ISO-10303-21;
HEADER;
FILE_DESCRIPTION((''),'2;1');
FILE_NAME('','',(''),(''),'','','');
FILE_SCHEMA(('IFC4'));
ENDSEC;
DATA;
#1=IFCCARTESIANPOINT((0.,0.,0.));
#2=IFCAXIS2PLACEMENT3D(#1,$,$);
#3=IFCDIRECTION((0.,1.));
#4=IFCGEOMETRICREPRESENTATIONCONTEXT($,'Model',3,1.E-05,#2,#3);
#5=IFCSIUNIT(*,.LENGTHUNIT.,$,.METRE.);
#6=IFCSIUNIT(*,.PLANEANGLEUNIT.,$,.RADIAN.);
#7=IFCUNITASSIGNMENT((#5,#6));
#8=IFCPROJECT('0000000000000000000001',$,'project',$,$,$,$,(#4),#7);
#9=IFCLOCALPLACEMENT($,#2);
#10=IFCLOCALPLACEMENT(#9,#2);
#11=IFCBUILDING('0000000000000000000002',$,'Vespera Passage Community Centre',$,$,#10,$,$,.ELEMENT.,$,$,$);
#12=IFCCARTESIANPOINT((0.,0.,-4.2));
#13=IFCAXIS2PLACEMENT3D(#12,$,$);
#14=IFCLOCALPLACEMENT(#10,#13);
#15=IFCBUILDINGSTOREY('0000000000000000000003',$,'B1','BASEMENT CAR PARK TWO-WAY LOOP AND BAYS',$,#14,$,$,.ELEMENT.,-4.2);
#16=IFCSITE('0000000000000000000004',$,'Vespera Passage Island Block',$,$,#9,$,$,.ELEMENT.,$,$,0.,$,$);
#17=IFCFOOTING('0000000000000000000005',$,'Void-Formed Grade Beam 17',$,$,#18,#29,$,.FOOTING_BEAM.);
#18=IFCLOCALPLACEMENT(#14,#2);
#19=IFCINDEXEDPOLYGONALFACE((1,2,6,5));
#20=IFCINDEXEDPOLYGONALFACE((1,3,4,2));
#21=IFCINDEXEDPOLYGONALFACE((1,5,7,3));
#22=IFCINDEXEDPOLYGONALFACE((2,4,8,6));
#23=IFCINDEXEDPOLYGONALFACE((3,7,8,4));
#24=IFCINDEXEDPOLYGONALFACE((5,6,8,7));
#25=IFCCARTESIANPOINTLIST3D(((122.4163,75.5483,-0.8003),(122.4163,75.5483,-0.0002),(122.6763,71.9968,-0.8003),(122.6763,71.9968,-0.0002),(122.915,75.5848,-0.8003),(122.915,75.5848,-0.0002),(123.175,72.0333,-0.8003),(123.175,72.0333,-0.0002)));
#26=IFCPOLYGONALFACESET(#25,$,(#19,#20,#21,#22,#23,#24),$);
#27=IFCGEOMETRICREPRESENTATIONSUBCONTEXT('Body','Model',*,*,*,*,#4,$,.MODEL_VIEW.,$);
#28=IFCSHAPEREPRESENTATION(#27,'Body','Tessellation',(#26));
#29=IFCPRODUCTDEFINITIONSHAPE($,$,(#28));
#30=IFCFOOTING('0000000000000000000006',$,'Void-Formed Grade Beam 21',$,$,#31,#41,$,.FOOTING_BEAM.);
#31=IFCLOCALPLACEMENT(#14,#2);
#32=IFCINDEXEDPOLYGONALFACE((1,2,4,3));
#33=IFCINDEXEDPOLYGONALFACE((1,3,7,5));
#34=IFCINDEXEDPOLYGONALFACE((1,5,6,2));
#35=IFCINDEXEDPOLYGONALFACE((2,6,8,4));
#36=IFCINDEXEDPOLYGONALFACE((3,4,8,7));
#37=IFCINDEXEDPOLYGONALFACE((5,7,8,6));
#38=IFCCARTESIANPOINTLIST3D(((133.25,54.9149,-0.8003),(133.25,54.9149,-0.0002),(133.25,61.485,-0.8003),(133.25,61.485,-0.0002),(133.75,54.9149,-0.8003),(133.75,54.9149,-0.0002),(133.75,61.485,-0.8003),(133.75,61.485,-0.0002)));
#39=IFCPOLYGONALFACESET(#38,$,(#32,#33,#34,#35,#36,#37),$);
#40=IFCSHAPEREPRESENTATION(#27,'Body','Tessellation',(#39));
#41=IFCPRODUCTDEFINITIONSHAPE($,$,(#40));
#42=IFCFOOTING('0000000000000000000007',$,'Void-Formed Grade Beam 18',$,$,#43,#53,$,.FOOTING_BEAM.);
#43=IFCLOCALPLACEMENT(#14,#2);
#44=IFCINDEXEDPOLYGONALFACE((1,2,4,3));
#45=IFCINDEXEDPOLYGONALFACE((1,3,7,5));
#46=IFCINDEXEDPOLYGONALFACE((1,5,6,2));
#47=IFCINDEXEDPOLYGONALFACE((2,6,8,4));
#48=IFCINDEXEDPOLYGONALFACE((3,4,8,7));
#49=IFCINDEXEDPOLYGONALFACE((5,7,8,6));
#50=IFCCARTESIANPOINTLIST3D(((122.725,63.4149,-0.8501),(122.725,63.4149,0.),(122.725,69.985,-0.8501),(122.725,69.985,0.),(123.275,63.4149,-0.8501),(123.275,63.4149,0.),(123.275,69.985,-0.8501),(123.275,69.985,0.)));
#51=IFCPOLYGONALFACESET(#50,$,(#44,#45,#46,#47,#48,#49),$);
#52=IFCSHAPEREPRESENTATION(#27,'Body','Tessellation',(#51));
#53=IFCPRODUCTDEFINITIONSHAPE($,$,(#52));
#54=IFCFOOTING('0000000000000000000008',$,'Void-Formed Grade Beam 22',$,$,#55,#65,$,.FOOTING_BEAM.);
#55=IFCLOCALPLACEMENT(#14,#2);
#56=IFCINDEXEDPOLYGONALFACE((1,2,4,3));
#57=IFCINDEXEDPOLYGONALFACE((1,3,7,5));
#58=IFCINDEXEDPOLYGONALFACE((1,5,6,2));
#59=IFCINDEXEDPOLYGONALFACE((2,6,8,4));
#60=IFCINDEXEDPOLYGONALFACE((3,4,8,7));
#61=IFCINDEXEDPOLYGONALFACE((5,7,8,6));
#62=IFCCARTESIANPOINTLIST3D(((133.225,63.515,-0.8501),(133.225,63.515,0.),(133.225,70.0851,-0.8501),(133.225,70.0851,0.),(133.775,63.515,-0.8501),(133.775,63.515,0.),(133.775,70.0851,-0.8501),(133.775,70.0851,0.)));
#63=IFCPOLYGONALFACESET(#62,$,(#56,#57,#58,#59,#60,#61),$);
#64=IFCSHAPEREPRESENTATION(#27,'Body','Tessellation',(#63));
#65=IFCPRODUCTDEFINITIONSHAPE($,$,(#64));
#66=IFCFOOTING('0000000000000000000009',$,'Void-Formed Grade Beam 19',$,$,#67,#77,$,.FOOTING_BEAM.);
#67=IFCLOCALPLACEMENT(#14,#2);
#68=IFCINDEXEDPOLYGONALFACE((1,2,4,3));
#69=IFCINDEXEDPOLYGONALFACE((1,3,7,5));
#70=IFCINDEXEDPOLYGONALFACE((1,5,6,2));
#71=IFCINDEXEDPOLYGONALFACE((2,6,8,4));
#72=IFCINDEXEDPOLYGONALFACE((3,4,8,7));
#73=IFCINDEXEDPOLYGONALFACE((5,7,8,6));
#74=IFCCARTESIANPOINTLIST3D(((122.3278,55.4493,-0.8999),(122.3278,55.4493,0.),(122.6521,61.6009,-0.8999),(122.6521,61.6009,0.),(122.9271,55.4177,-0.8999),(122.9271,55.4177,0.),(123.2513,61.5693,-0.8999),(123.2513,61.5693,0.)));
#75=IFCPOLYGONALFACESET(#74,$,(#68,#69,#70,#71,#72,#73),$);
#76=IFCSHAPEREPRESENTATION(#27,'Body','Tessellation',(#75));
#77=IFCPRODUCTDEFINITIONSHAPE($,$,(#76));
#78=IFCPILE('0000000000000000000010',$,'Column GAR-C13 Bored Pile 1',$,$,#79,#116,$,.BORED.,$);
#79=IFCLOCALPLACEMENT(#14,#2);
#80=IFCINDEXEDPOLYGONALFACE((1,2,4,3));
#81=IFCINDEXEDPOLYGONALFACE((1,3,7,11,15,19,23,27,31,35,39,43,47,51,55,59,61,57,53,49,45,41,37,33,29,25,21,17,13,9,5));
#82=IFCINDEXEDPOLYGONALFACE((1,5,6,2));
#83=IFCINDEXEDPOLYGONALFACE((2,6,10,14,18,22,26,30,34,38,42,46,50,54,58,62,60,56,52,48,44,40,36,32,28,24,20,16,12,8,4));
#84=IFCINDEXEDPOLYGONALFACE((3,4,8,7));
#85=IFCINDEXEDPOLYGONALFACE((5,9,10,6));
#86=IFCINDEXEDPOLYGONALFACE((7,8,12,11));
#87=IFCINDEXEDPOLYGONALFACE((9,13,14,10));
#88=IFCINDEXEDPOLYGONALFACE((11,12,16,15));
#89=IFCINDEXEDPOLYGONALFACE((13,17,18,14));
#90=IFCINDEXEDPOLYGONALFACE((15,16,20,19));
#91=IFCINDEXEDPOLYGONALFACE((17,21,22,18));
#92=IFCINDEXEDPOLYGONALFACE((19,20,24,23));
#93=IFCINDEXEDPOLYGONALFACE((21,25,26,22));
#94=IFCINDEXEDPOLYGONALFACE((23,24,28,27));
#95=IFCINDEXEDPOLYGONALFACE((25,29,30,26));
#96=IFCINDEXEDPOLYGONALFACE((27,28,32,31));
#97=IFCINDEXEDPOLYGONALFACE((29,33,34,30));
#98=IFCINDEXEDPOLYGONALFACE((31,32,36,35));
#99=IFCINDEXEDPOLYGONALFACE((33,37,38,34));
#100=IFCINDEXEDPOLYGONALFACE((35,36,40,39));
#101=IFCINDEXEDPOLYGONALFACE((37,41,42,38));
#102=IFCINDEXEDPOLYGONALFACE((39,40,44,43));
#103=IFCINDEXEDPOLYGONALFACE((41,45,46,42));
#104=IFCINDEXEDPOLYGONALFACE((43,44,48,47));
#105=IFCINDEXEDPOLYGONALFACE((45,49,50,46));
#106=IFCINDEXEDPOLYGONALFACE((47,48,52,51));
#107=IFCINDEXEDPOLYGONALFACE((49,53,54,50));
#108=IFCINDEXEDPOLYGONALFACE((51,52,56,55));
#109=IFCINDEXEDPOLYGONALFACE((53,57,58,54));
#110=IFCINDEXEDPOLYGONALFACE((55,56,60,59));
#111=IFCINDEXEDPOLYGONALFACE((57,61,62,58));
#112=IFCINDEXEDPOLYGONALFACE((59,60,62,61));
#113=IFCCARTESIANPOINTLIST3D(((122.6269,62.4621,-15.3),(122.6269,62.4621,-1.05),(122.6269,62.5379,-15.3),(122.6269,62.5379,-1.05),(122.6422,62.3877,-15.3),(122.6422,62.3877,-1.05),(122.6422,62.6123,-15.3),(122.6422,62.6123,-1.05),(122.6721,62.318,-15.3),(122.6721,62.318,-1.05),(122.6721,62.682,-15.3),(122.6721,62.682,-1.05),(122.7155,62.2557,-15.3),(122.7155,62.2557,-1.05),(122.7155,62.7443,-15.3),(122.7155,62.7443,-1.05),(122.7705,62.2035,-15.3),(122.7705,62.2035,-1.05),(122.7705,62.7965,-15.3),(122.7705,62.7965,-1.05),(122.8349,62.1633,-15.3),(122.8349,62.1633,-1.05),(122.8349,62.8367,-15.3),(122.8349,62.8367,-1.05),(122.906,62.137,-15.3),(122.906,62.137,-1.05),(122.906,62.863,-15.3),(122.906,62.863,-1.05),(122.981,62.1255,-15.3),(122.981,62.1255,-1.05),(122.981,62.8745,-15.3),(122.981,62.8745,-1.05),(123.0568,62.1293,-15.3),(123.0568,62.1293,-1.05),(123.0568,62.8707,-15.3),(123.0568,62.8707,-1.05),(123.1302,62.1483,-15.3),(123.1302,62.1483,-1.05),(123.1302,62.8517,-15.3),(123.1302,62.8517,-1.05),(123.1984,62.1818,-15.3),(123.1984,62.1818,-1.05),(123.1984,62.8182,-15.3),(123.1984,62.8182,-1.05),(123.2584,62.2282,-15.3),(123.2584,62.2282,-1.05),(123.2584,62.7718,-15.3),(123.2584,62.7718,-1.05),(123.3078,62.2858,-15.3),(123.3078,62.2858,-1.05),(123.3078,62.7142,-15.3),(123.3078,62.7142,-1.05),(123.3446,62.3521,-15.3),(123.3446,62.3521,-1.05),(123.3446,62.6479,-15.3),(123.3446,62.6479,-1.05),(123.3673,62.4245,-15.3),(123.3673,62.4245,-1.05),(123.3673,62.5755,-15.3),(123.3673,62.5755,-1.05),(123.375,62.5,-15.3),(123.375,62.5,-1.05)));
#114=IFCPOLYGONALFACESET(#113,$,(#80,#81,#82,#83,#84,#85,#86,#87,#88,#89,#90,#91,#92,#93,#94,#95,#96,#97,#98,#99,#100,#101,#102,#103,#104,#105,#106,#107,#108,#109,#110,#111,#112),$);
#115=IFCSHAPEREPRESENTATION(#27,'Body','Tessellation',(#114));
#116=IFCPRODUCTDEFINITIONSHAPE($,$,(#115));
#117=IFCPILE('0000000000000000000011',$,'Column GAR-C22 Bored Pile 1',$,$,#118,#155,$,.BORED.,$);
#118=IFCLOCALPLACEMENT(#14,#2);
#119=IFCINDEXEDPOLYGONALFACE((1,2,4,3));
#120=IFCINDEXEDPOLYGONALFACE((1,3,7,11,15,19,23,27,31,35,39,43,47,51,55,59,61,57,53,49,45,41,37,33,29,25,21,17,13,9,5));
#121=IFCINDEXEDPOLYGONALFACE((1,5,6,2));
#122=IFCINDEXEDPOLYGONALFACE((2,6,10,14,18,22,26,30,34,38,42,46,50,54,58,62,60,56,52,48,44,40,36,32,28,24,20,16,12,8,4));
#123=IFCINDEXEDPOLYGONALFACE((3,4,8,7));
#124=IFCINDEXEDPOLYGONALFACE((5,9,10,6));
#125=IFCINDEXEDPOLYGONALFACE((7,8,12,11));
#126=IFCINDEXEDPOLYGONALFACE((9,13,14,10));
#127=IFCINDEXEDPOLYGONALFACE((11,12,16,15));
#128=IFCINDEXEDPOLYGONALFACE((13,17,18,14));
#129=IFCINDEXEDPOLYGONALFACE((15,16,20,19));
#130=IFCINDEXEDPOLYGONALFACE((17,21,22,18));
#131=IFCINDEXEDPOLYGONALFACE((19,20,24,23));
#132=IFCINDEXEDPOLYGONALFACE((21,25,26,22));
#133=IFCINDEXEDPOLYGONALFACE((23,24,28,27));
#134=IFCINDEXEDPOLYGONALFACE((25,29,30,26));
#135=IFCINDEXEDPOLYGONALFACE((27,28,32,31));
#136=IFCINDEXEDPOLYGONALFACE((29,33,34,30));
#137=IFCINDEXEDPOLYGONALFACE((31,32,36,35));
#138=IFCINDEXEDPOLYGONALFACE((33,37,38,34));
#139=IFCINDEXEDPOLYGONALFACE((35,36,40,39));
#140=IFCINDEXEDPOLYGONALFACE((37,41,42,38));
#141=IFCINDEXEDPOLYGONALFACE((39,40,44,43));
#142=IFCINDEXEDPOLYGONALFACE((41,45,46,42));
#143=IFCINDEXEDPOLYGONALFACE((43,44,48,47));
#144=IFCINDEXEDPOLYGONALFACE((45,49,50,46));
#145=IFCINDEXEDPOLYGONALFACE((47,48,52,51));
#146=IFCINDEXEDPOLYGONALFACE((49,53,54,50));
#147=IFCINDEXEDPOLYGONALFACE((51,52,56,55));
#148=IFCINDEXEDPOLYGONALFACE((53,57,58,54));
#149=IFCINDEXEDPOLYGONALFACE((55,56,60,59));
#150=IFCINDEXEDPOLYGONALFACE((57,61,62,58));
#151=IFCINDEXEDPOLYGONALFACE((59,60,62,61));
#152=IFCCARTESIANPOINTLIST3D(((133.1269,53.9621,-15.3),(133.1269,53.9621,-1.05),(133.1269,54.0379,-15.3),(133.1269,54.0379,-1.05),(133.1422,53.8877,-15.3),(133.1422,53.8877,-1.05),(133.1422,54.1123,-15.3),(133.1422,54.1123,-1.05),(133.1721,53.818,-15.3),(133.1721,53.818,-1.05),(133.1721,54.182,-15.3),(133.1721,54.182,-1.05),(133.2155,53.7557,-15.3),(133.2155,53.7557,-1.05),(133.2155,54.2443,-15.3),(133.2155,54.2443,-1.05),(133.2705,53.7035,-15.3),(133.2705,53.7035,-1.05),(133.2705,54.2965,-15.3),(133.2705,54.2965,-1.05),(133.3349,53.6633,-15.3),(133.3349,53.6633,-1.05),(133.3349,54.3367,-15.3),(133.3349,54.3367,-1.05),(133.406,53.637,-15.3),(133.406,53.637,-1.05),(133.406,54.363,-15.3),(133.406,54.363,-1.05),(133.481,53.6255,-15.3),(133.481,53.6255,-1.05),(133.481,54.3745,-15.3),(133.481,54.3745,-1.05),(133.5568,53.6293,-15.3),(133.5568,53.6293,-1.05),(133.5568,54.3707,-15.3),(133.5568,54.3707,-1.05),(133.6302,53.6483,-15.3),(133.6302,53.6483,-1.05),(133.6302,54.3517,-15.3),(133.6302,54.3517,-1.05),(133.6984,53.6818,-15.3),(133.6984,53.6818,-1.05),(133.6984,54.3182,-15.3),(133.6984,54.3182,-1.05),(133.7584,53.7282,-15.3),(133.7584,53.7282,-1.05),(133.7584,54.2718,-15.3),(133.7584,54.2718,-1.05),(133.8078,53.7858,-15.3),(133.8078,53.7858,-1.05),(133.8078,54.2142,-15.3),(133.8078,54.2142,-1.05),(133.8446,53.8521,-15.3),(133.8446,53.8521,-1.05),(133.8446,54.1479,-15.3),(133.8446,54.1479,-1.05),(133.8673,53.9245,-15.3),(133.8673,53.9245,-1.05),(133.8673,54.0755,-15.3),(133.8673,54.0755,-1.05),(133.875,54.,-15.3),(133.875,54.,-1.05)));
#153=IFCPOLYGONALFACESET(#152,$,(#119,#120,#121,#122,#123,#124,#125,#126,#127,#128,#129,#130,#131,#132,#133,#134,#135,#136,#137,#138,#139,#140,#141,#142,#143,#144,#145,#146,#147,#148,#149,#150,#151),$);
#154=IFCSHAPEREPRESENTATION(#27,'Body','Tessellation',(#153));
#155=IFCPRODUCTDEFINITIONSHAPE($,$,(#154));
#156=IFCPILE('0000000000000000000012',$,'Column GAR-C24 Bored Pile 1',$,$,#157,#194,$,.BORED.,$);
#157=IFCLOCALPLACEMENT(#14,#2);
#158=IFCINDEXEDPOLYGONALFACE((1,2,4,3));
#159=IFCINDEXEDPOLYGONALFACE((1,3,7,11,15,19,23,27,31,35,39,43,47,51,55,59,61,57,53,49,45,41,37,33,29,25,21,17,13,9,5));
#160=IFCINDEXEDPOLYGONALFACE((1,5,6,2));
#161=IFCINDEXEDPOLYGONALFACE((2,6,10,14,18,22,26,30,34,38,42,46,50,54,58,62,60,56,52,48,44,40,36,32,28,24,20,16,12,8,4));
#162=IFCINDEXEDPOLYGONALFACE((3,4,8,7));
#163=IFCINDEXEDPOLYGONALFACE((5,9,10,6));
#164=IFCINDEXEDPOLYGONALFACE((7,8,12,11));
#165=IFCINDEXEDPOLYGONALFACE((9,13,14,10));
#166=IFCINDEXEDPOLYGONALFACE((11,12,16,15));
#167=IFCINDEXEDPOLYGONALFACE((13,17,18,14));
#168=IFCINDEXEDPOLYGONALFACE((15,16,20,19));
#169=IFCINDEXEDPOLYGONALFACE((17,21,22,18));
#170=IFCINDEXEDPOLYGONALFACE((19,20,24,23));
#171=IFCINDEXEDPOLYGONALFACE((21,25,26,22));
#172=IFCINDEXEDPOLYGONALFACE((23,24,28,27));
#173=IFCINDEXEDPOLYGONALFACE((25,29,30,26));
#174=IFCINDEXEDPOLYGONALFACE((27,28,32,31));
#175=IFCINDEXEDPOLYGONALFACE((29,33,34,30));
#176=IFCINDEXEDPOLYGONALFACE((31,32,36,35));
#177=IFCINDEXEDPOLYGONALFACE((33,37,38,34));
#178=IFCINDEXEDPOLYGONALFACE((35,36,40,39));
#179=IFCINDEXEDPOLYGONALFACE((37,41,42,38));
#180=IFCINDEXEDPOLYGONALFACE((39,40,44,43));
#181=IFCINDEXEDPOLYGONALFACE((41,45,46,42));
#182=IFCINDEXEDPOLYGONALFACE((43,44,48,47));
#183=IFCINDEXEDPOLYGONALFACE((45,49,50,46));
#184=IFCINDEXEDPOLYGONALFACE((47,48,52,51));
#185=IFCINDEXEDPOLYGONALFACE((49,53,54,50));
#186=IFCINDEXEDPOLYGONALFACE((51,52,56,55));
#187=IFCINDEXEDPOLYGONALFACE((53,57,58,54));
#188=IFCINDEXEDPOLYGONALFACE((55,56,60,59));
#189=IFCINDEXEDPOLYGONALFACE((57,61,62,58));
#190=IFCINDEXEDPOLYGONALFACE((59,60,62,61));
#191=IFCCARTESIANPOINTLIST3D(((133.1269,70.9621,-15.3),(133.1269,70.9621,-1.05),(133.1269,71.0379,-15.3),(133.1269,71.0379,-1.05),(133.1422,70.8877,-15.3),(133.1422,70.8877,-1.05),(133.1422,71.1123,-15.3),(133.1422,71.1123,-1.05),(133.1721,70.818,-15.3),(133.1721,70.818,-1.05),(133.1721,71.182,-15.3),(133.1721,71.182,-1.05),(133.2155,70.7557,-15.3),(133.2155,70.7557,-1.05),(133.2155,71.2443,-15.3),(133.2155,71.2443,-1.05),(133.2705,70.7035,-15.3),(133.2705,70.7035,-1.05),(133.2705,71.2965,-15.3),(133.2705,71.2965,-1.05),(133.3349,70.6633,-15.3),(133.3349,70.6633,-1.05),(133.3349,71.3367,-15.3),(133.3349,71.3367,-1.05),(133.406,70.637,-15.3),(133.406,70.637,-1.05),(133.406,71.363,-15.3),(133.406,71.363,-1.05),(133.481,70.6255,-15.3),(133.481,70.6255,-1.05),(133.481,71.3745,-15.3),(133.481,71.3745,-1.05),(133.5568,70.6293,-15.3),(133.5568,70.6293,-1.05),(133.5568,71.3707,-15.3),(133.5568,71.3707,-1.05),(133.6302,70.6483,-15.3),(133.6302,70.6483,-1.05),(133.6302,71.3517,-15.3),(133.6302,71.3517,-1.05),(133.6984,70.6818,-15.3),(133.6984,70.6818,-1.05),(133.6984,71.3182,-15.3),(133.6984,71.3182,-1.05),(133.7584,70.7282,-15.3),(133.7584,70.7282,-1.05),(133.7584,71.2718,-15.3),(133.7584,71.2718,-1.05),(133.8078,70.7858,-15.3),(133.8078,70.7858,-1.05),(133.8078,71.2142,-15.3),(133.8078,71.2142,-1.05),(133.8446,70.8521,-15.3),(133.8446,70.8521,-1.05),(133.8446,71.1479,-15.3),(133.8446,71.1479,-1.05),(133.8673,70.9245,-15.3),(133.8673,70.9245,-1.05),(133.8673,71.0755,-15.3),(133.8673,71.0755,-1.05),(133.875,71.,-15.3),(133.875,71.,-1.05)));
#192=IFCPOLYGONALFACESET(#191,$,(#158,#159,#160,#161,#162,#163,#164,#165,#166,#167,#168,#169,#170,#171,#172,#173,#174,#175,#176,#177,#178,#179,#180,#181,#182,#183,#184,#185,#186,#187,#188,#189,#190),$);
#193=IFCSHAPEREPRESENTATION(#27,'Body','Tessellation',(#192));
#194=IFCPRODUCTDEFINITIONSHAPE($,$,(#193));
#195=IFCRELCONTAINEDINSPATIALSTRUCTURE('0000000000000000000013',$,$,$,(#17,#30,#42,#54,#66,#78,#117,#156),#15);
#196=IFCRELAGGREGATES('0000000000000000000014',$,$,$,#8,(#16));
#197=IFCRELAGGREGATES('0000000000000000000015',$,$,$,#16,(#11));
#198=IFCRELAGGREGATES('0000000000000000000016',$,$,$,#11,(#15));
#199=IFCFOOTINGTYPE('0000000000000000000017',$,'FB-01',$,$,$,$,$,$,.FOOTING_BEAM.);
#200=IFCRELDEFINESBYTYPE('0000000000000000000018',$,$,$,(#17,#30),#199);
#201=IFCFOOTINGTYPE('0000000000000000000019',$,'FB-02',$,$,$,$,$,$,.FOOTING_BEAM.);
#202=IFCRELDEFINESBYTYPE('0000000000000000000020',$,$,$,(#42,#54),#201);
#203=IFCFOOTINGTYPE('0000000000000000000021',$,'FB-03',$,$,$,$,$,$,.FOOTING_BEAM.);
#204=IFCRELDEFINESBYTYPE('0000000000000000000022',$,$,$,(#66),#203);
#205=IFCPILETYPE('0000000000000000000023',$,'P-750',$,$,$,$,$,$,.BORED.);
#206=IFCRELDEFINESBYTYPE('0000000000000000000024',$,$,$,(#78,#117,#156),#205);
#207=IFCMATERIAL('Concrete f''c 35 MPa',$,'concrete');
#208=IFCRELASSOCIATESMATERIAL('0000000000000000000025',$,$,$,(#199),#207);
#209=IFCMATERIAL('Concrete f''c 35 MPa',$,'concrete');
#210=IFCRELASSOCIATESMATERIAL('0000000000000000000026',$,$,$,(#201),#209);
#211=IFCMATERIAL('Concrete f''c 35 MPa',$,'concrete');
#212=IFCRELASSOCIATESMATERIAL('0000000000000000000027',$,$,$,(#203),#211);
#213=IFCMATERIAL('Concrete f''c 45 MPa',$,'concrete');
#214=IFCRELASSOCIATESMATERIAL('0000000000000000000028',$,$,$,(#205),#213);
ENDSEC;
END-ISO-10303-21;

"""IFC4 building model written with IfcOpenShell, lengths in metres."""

from ifc_helpers import new_model, si_unit, direction, frame, origin, origin_2d, place, context, subcontext, project, spatial, rectangle, circle, extrude, material, material_profile, profile_set, type_object, element, save


model = new_model("IFC4")

# Units and contexts
model_context = context("Model", 3, precision=1e-05, world=origin(), true_north=direction((0.0, 1.0)))
body_context = subcontext(model_context, "Body", "Model", "MODEL_VIEW")
ifc_project = project(units=[si_unit("LENGTHUNIT", "METRE"), si_unit("PLANEANGLEUNIT", "RADIAN")], contexts=[model_context])

# Site, building, storey
site_placement = place(None, origin())
site = spatial("IfcSite", under=ifc_project, at=site_placement, Name="Vespera Passage Island Block", CompositionType="ELEMENT", RefElevation=0.0)
building_placement = place(site_placement, origin())
building = spatial("IfcBuilding", under=site, at=building_placement, Name="Vespera Passage Community Centre", CompositionType="ELEMENT")
storey_placement = place(building_placement, frame((0.0, 0.0, -4.2)))
storey = spatial("IfcBuildingStorey", under=building, at=storey_placement, Name="B1", Description="BASEMENT CAR PARK TWO-WAY LOOP AND BAYS", CompositionType="ELEMENT", Elevation=-4.2)

# Footings
ifc_material_1 = material(Name="Concrete f'c 35 MPa", Category="concrete")
footing_type_1 = type_object("IfcFootingType", Name="FB-01", PredefinedType="FOOTING_BEAM", material=ifc_material_1)
footing_1_placement = place(storey_placement, frame((122.7957, 73.7908, -0.8003), z_axis=(0.0, 0.0, 1.0), x_axis=(0.073005, -0.997332, 0.0)))
element("IfcFooting", 1, at=footing_1_placement, inside=storey, type_object=footing_type_1, Name="Void-Formed Grade Beam 17", PredefinedType="FOOTING_BEAM", context=body_context, shape_type="SweptSolid", body=[
    extrude(rectangle(XDim=3.561, YDim=0.5, at=origin_2d()), origin(), (0.0, 0.0, 1.0), 0.8),
])
footing_2_placement = place(storey_placement, frame((133.5, 58.2, -0.8003), z_axis=(0.0, 0.0, 1.0), x_axis=(0.0, 1.0, 0.0)))
element("IfcFooting", 2, at=footing_2_placement, inside=storey, type_object=footing_type_1, Name="Void-Formed Grade Beam 21", PredefinedType="FOOTING_BEAM", context=body_context, shape_type="SweptSolid", body=[
    extrude(rectangle(XDim=6.5701, YDim=0.5, at=origin_2d()), origin(), (0.0, 0.0, 1.0), 0.8),
])
ifc_material_2 = material(Name="Concrete f'c 35 MPa", Category="concrete")
footing_type_2 = type_object("IfcFootingType", Name="FB-02", PredefinedType="FOOTING_BEAM", material=ifc_material_2)
for number, where, z_axis, x_axis, name in (
    (3, (123.0, 66.7, -0.8501), (0.0, 0.0, 1.0), (0.0, 1.0, 0.0), "Void-Formed Grade Beam 18"),
    (4, (133.5, 66.8, -0.8501), (0.0, 0.0, 1.0), (0.0, 1.0, 0.0), "Void-Formed Grade Beam 22"),
):
    element("IfcFooting", number, at=place(storey_placement, frame(where, z_axis=z_axis, x_axis=x_axis)), inside=storey, type_object=footing_type_2, Name=name, PredefinedType="FOOTING_BEAM", context=body_context, shape_type="SweptSolid", body=[
        extrude(rectangle(XDim=6.5701, YDim=0.55, at=origin_2d()), origin(), (0.0, 0.0, 1.0), 0.8501),
    ])
ifc_material_3 = material(Name="Concrete f'c 35 MPa", Category="concrete")
footing_type_3 = type_object("IfcFootingType", Name="FB-03", PredefinedType="FOOTING_BEAM", material=ifc_material_3)
footing_3_placement = place(storey_placement, frame((122.7896, 58.5093, -0.8999), z_axis=(0.0, 0.0, 1.0), x_axis=(-0.052639, -0.998614, 0.0)))
element("IfcFooting", 5, at=footing_3_placement, inside=storey, type_object=footing_type_3, Name="Void-Formed Grade Beam 19", PredefinedType="FOOTING_BEAM", context=body_context, shape_type="SweptSolid", body=[
    extrude(rectangle(XDim=6.1602, YDim=0.6001, at=origin_2d()), origin(), (0.0, 0.0, 1.0), 0.8999),
])

# Piles
ifc_material_4 = material(Name="Concrete f'c 45 MPa", Category="concrete")
ifc_material_profile_1 = material_profile(ifc_material_4, circle(Radius=0.375, at=origin_2d()), Name="PILE750DIA")
ifc_profile_set_1 = profile_set([ifc_material_profile_1], Name="Concrete f'c 45 MPa")
pile_type_1 = type_object("IfcPileType", Name="P-750", PredefinedType="BORED", material=ifc_profile_set_1)
for number, where, z_axis, x_axis, name in (
    (6, (123.0, 62.5, -1.05), (0.0, 0.0, -1.0), (1.0, 0.0, 0.0), "Column GAR-C13 Bored Pile 1"),
    (7, (133.5, 54.0, -1.05), (0.0, 0.0, -1.0), (1.0, 0.0, 0.0), "Column GAR-C22 Bored Pile 1"),
    (8, (133.5, 71.0, -1.05), (0.0, 0.0, -1.0), (1.0, 0.0, 0.0), "Column GAR-C24 Bored Pile 1"),
):
    element("IfcPile", number, at=place(storey_placement, frame(where, z_axis=z_axis, x_axis=x_axis)), inside=storey, type_object=pile_type_1, Name=name, PredefinedType="BORED", context=body_context, shape_type="SweptSolid", body=[
        extrude(circle(Radius=0.375, at=origin_2d()), origin(), (0.0, 0.0, 1.0), 14.25),
    ])

save(model, "model.ifc")
